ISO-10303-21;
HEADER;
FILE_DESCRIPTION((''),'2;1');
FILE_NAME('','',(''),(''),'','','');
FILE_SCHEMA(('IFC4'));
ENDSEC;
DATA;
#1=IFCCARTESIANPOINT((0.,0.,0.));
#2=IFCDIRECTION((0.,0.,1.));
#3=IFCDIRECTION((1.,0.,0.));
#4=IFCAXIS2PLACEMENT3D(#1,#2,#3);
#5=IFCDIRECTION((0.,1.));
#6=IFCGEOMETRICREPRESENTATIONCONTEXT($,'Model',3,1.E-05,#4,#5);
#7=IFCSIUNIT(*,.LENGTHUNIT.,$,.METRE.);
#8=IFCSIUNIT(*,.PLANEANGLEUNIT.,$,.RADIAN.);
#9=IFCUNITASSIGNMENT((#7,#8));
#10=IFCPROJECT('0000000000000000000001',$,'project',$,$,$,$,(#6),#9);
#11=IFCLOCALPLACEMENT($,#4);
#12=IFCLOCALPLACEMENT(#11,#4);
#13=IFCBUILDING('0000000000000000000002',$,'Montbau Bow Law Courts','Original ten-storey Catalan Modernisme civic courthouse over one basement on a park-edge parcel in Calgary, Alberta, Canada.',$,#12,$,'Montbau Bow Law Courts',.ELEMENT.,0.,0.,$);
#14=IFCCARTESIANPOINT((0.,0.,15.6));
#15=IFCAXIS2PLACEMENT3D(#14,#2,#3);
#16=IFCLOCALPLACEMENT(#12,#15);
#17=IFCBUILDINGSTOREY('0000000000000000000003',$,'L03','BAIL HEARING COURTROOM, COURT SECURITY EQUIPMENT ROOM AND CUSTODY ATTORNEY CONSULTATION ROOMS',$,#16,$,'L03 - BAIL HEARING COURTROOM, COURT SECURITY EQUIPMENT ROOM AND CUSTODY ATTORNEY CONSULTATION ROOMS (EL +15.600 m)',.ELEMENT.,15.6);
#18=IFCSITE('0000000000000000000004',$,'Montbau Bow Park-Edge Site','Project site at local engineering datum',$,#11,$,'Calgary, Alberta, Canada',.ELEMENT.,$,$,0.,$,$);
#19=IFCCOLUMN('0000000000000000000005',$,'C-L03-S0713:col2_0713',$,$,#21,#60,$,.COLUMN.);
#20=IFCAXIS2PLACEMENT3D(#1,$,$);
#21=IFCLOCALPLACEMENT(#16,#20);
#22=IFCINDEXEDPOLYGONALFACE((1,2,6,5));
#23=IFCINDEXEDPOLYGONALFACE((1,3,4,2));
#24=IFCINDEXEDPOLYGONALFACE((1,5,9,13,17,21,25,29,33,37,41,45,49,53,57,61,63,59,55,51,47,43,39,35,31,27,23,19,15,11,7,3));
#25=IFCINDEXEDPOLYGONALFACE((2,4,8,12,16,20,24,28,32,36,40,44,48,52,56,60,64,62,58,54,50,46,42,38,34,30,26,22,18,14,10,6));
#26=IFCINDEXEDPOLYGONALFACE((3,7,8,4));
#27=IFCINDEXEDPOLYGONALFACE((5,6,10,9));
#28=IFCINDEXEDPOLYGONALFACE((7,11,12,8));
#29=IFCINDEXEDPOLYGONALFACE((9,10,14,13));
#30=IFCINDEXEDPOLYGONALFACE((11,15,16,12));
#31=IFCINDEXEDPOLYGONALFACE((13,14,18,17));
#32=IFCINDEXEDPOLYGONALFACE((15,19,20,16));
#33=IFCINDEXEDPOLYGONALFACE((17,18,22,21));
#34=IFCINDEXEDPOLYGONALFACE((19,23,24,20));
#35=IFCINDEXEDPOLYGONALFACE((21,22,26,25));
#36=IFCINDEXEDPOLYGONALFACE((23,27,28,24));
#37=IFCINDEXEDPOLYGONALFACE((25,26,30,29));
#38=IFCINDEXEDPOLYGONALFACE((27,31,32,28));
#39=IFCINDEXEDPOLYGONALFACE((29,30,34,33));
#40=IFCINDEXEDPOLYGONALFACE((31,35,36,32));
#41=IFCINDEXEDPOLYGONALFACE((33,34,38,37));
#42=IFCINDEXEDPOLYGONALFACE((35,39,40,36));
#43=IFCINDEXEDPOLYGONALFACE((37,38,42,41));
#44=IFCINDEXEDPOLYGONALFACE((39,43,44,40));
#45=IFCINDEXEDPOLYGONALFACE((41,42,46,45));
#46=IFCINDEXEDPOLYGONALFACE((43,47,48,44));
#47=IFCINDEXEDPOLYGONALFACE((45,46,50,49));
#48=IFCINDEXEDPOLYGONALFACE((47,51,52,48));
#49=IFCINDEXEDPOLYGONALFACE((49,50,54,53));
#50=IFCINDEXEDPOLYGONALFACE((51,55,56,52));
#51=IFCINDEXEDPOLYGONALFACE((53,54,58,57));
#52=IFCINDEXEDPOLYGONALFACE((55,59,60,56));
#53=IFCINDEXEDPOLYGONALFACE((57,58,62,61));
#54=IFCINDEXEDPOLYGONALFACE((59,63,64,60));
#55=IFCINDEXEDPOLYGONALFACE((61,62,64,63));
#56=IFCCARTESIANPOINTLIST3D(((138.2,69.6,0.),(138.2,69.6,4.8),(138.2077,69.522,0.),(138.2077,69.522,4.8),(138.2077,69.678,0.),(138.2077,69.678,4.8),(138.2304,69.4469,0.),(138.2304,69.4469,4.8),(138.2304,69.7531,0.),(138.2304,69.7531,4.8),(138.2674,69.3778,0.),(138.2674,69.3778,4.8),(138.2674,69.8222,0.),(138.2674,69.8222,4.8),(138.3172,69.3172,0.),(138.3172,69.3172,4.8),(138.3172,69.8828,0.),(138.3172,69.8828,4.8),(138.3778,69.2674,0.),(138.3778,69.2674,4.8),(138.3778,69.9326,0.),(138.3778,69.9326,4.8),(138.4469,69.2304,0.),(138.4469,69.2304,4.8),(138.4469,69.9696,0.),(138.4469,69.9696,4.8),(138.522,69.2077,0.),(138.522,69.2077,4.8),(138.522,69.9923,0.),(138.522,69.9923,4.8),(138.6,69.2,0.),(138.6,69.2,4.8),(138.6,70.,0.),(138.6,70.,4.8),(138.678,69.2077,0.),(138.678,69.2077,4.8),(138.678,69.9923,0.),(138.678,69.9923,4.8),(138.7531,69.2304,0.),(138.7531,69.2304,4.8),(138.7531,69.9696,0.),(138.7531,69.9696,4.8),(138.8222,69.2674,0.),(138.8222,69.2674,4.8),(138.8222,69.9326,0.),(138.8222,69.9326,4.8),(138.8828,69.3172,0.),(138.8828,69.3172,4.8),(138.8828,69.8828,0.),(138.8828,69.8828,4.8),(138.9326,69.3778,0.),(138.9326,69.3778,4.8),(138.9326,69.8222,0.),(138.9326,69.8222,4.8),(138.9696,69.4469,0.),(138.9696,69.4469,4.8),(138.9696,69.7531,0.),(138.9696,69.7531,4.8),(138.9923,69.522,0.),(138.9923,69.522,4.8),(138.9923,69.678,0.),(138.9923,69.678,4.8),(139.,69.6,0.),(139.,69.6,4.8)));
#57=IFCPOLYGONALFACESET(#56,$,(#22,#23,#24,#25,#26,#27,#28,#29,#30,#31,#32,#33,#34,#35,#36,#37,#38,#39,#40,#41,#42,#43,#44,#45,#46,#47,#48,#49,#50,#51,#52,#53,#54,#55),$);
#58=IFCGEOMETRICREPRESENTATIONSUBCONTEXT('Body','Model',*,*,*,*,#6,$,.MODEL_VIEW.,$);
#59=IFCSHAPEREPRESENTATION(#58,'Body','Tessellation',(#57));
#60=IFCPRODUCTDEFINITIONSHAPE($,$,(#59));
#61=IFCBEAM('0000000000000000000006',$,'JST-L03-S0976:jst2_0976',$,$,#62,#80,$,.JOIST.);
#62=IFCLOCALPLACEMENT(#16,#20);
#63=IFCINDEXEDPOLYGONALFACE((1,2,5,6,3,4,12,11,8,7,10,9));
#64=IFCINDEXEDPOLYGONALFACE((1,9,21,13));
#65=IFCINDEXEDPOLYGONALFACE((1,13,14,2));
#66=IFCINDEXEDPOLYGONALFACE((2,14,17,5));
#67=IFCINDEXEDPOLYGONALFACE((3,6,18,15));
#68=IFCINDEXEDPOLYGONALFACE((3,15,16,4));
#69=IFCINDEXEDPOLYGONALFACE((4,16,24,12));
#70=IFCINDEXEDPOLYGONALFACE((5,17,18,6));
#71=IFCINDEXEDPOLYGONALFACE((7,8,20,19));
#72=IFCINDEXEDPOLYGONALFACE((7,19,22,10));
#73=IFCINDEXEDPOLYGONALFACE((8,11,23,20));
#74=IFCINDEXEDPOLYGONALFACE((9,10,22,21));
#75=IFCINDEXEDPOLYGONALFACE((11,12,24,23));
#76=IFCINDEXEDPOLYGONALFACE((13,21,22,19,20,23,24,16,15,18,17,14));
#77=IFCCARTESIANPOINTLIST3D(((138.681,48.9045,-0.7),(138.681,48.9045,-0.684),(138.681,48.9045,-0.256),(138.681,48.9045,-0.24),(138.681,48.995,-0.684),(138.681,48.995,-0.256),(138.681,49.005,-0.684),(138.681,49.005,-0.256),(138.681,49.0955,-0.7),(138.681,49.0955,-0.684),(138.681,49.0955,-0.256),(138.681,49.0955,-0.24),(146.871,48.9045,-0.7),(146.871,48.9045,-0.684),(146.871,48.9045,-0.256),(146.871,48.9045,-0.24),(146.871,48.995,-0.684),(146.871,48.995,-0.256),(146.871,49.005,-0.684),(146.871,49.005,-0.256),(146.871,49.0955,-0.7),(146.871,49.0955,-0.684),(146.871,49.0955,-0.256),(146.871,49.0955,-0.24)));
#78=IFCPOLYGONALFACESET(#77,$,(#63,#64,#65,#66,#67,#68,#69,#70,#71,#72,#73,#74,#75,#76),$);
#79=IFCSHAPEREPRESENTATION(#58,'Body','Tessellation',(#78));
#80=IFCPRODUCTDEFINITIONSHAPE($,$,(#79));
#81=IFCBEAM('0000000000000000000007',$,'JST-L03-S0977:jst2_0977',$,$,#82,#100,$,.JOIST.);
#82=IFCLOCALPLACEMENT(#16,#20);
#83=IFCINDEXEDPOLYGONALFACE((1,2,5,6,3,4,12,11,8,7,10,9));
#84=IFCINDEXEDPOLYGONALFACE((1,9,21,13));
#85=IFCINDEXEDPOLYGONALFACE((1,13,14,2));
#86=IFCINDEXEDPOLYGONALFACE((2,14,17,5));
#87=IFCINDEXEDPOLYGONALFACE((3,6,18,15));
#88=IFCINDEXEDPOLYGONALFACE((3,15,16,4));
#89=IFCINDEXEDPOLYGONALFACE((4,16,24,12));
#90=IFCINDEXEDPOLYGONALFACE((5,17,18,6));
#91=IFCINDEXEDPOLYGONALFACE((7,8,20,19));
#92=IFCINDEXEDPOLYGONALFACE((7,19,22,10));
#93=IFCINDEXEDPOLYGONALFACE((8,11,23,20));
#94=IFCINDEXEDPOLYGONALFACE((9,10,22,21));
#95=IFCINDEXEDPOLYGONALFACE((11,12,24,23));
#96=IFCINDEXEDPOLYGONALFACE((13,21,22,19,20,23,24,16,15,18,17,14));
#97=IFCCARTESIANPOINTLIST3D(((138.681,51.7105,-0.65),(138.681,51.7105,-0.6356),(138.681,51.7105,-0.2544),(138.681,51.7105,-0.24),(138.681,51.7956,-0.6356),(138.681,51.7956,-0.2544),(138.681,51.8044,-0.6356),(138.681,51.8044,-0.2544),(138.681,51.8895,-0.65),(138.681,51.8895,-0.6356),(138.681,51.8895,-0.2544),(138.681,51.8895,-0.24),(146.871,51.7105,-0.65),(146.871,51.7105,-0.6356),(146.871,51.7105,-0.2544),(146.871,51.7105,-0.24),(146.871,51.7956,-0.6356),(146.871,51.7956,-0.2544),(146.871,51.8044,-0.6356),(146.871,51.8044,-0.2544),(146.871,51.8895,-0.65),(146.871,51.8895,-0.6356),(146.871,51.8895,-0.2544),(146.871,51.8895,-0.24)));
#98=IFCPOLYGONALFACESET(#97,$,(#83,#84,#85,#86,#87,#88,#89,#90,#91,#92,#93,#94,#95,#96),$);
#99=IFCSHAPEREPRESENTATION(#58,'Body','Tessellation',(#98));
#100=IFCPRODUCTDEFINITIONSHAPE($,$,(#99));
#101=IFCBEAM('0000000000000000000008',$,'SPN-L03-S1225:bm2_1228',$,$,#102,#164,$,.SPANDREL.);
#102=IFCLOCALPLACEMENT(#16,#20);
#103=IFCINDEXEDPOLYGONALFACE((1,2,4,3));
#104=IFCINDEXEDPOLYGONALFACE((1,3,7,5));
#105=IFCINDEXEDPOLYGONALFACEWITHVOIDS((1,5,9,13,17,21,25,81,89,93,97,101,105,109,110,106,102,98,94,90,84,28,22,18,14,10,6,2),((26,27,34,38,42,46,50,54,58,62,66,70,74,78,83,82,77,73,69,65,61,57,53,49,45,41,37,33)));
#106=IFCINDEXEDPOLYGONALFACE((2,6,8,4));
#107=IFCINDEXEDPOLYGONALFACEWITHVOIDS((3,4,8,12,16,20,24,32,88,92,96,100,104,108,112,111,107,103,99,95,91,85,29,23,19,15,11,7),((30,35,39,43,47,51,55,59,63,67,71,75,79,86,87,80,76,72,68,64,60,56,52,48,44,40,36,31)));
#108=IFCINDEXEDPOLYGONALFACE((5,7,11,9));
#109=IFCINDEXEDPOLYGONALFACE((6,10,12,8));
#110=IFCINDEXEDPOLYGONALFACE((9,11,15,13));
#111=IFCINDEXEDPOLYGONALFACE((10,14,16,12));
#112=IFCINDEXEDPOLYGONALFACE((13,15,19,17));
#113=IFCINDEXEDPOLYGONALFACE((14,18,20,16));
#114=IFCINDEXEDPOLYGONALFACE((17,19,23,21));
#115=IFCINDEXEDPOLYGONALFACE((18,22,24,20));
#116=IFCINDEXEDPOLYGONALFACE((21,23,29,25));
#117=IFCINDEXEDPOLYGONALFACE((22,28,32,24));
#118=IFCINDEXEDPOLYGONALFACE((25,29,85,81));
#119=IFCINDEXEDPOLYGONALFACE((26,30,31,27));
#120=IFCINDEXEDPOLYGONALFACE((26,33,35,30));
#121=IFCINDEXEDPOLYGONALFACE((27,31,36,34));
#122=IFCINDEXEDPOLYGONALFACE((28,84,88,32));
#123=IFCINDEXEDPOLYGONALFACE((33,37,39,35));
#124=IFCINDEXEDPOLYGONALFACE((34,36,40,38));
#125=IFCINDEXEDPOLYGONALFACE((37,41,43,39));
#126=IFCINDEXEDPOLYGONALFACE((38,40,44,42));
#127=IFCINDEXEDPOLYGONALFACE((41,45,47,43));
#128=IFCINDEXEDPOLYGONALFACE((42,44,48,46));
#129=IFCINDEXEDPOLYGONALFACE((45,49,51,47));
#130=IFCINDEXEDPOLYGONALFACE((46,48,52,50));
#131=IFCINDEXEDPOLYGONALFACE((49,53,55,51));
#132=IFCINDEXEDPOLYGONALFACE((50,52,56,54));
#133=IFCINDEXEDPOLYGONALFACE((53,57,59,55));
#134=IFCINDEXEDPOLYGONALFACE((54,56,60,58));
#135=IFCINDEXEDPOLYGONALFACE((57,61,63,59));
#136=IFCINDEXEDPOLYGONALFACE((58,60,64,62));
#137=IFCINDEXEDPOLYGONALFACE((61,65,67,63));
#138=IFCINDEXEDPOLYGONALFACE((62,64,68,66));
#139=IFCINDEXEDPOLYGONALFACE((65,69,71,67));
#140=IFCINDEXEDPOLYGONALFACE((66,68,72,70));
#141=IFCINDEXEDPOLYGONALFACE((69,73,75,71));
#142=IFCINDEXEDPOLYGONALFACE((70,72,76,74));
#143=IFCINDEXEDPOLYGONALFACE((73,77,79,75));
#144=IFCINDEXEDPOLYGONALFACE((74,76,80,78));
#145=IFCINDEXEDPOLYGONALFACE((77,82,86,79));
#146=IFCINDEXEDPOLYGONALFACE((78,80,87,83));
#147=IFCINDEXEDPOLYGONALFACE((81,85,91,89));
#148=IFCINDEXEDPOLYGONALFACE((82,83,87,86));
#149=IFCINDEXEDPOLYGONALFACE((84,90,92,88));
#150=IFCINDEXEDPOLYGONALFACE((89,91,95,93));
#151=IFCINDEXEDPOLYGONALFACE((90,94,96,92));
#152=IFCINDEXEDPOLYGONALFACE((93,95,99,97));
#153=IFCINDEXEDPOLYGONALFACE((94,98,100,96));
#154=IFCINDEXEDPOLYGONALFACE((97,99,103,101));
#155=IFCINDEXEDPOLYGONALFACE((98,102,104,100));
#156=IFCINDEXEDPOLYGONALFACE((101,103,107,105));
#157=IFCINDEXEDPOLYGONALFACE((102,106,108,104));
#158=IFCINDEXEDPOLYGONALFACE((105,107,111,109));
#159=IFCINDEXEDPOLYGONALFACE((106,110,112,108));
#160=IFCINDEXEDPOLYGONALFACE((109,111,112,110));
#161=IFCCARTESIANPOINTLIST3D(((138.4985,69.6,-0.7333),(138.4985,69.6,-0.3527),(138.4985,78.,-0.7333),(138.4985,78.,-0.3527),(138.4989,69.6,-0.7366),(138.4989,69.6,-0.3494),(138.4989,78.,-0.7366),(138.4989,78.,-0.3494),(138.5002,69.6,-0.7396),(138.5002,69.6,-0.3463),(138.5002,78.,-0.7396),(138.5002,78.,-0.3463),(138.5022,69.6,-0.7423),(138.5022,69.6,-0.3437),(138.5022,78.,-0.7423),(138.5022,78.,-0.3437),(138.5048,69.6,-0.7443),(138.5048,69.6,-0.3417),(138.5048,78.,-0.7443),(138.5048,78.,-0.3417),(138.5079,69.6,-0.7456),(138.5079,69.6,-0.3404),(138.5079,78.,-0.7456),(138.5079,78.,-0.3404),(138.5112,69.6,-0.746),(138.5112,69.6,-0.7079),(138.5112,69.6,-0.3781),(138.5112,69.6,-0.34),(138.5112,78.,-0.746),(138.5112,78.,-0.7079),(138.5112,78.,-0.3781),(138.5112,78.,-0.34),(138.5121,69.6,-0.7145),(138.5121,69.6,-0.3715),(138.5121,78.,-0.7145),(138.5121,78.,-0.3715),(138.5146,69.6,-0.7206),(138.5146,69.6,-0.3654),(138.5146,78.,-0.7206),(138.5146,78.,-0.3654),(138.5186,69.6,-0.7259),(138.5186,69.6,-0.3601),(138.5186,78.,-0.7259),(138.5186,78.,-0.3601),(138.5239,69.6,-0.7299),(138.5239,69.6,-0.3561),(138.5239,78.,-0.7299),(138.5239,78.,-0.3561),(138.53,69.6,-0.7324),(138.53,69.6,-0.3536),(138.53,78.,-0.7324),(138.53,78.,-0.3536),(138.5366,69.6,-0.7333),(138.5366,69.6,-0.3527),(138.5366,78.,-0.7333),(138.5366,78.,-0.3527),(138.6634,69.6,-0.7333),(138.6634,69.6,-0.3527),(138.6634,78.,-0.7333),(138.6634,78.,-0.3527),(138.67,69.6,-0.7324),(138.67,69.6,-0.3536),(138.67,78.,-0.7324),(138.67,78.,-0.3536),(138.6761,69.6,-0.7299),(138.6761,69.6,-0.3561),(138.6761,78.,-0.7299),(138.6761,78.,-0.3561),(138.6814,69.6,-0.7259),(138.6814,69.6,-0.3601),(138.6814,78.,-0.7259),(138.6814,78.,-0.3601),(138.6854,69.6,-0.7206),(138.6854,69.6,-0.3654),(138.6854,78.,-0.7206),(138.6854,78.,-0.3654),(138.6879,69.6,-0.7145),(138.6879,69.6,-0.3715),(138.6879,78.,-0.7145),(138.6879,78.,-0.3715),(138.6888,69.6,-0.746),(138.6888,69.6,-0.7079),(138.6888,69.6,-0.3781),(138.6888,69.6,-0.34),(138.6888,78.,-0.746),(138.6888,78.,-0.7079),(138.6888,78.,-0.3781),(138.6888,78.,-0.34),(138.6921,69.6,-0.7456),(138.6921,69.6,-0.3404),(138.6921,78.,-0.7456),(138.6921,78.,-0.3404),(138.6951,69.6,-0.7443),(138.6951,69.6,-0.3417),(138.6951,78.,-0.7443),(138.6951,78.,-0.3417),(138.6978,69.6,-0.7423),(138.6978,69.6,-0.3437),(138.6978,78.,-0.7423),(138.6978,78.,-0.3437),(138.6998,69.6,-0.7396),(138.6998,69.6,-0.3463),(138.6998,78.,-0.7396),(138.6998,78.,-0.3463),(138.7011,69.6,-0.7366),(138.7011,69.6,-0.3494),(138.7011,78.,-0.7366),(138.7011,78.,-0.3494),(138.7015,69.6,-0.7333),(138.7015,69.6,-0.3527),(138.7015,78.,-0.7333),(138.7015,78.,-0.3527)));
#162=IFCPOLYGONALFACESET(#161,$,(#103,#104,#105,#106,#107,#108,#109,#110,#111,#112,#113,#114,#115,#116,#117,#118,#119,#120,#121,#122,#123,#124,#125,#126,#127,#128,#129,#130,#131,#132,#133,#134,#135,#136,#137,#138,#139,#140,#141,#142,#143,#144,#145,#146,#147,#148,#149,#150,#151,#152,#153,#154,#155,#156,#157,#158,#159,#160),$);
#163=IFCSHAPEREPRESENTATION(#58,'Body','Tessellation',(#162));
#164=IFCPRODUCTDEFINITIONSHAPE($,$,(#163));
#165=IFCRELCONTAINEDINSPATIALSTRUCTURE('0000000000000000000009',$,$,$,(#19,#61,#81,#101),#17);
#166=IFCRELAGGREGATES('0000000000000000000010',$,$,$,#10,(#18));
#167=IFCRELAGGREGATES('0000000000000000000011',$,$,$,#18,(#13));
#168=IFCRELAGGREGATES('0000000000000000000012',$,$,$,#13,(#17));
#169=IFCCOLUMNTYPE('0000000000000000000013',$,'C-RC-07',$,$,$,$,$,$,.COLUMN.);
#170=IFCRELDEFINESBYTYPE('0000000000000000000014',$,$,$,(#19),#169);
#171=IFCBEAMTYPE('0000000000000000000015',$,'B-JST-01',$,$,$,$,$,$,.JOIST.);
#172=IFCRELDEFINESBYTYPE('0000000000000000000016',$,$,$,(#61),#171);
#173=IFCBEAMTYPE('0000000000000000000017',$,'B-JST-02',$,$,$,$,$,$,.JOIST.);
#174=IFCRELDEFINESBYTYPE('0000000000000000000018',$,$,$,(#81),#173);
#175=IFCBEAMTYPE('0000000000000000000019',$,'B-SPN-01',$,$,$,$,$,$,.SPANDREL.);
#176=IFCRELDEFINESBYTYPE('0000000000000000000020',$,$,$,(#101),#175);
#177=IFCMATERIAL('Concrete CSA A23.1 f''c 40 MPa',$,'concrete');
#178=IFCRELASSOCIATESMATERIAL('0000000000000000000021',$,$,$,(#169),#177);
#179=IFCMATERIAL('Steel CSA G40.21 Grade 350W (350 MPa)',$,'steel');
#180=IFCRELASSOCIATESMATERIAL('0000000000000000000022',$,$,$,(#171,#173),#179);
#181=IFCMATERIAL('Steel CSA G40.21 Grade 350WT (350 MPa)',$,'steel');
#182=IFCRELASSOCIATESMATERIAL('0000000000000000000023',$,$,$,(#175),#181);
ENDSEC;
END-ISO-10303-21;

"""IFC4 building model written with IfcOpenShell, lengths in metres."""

from ifc_helpers import new_model, si_unit, direction, frame, origin_with_axes, origin_2d_with_axis, place, context, subcontext, project, spatial, hollow_rectangle, circle, i_section, extrude, material, material_profile, profile_set, type_object, element, save


model = new_model("IFC4")

# Units and contexts
model_context = context("Model", 3, precision=1e-05, world=origin_with_axes(), true_north=direction((0.0, 1.0)))
body_context = subcontext(model_context, "Body", "Model", "MODEL_VIEW")
ifc_project = project(units=[si_unit("LENGTHUNIT", "METRE"), si_unit("PLANEANGLEUNIT", "RADIAN")], contexts=[model_context])

# Site, building, storey
site_placement = place(None, origin_with_axes())
site = spatial("IfcSite", under=ifc_project, at=site_placement, Name="Montbau Bow Park-Edge Site", Description="Project site at local engineering datum", LongName="Calgary, Alberta, Canada", CompositionType="ELEMENT", RefElevation=0.0)
building_placement = place(site_placement, origin_with_axes())
building = spatial("IfcBuilding", under=site, at=building_placement, Name="Montbau Bow Law Courts", Description="Original ten-storey Catalan Modernisme civic courthouse over one basement on a park-edge parcel in Calgary, Alberta, Canada.", LongName="Montbau Bow Law Courts", CompositionType="ELEMENT", ElevationOfRefHeight=0.0, ElevationOfTerrain=0.0)
storey_placement = place(building_placement, frame((0.0, 0.0, 15.6), z_axis=(0.0, 0.0, 1.0), x_axis=(1.0, 0.0, 0.0)))
storey = spatial("IfcBuildingStorey", under=building, at=storey_placement, Name="L03", Description="BAIL HEARING COURTROOM, COURT SECURITY EQUIPMENT ROOM AND CUSTODY ATTORNEY CONSULTATION ROOMS", LongName="L03 - BAIL HEARING COURTROOM, COURT SECURITY EQUIPMENT ROOM AND CUSTODY ATTORNEY CONSULTATION ROOMS (EL +15.600 m)", CompositionType="ELEMENT", Elevation=15.6)

# Column
ifc_material_1 = material(Name="Concrete CSA A23.1 f'c 40 MPa", Category="concrete")
ifc_material_profile_1 = material_profile(ifc_material_1, circle(Radius=0.4, at=origin_2d_with_axis()), Name="RC800D", Category="Main", Priority=0)
ifc_profile_set_1 = profile_set([ifc_material_profile_1], Name="Concrete CSA A23.1 f'c 40 MPa")
column_type = type_object("IfcColumnType", Name="C-RC-07", PredefinedType="COLUMN", material=ifc_profile_set_1)
column_placement = place(None, frame((138.6, 69.6, 15.6), z_axis=(0.0, 0.0, 1.0), x_axis=(1.0, 0.0, 0.0)))
element("IfcColumn", 1, at=column_placement, inside=storey, type_object=column_type, Name="C-L03-S0713:col2_0713", PredefinedType="COLUMN", context=body_context, shape_type="SweptSolid", body=[
    extrude(circle(Radius=0.4, at=origin_2d_with_axis()), origin_with_axes(), (0.0, 0.0, 1.0), 4.8),
])

# Beams
ifc_material_2 = material(Name="Steel CSA G40.21 Grade 350W (350 MPa)", Category="steel")
ifc_material_profile_2 = material_profile(ifc_material_2, i_section(OverallWidth=0.191, OverallDepth=0.46, WebThickness=0.0099, FlangeThickness=0.016, at=origin_2d_with_axis()), Name="W460X82", Category="Main", Priority=0)
ifc_profile_set_2 = profile_set([ifc_material_profile_2], Name="Steel CSA G40.21 Grade 350W (350 MPa)")
beam_type_1 = type_object("IfcBeamType", Name="B-JST-01", PredefinedType="JOIST", material=ifc_profile_set_2)
beam_1_placement = place(None, frame((138.681, 49.0, 15.13), z_axis=(1.0, 0.0, 0.0), x_axis=(0.0, 1.0, 0.0)))
element("IfcBeam", 2, at=beam_1_placement, inside=storey, type_object=beam_type_1, Name="JST-L03-S0976:jst2_0976", PredefinedType="JOIST", context=body_context, shape_type="SweptSolid", body=[
    extrude(i_section(OverallWidth=0.191, OverallDepth=0.46, WebThickness=0.0099, FlangeThickness=0.016, at=origin_2d_with_axis()), origin_with_axes(), (0.0, 0.0, 1.0), 8.19),
])
ifc_material_profile_3 = material_profile(ifc_material_2, i_section(OverallWidth=0.179, OverallDepth=0.41, WebThickness=0.0088, FlangeThickness=0.0144, at=origin_2d_with_axis()), Name="W410X67", Category="Main", Priority=0)
ifc_profile_set_3 = profile_set([ifc_material_profile_3], Name="Steel CSA G40.21 Grade 350W (350 MPa)")
beam_type_2 = type_object("IfcBeamType", Name="B-JST-02", PredefinedType="JOIST", material=ifc_profile_set_3)
beam_2_placement = place(None, frame((138.681, 51.8, 15.155), z_axis=(1.0, 0.0, 0.0), x_axis=(0.0, 1.0, 0.0)))
element("IfcBeam", 3, at=beam_2_placement, inside=storey, type_object=beam_type_2, Name="JST-L03-S0977:jst2_0977", PredefinedType="JOIST", context=body_context, shape_type="SweptSolid", body=[
    extrude(i_section(OverallWidth=0.179, OverallDepth=0.41, WebThickness=0.0088, FlangeThickness=0.0144, at=origin_2d_with_axis()), origin_with_axes(), (0.0, 0.0, 1.0), 8.19),
])
ifc_material_3 = material(Name="Steel CSA G40.21 Grade 350WT (350 MPa)", Category="steel")
ifc_material_profile_4 = material_profile(ifc_material_3, hollow_rectangle(XDim=0.203, YDim=0.406, WallThickness=0.0127, InnerFilletRadius=0.0254, OuterFilletRadius=0.0127, at=origin_2d_with_axis()), Name="HSS406X203X13", Category="Main", Priority=0)
ifc_profile_set_4 = profile_set([ifc_material_profile_4], Name="Steel CSA G40.21 Grade 350WT (350 MPa)")
beam_type_3 = type_object("IfcBeamType", Name="B-SPN-01", PredefinedType="SPANDREL", material=ifc_profile_set_4)
beam_3_placement = place(None, frame((138.6, 69.6, 15.057), z_axis=(0.0, 1.0, 0.0), x_axis=(-1.0, 0.0, 0.0)))
element("IfcBeam", 4, at=beam_3_placement, inside=storey, type_object=beam_type_3, Name="SPN-L03-S1225:bm2_1228", PredefinedType="SPANDREL", context=body_context, shape_type="SweptSolid", body=[
    extrude(hollow_rectangle(XDim=0.203, YDim=0.406, WallThickness=0.0127, InnerFilletRadius=0.0254, OuterFilletRadius=0.0127, at=origin_2d_with_axis()), origin_with_axes(), (0.0, 0.0, 1.0), 8.4),
])

save(model, "model.ifc")
